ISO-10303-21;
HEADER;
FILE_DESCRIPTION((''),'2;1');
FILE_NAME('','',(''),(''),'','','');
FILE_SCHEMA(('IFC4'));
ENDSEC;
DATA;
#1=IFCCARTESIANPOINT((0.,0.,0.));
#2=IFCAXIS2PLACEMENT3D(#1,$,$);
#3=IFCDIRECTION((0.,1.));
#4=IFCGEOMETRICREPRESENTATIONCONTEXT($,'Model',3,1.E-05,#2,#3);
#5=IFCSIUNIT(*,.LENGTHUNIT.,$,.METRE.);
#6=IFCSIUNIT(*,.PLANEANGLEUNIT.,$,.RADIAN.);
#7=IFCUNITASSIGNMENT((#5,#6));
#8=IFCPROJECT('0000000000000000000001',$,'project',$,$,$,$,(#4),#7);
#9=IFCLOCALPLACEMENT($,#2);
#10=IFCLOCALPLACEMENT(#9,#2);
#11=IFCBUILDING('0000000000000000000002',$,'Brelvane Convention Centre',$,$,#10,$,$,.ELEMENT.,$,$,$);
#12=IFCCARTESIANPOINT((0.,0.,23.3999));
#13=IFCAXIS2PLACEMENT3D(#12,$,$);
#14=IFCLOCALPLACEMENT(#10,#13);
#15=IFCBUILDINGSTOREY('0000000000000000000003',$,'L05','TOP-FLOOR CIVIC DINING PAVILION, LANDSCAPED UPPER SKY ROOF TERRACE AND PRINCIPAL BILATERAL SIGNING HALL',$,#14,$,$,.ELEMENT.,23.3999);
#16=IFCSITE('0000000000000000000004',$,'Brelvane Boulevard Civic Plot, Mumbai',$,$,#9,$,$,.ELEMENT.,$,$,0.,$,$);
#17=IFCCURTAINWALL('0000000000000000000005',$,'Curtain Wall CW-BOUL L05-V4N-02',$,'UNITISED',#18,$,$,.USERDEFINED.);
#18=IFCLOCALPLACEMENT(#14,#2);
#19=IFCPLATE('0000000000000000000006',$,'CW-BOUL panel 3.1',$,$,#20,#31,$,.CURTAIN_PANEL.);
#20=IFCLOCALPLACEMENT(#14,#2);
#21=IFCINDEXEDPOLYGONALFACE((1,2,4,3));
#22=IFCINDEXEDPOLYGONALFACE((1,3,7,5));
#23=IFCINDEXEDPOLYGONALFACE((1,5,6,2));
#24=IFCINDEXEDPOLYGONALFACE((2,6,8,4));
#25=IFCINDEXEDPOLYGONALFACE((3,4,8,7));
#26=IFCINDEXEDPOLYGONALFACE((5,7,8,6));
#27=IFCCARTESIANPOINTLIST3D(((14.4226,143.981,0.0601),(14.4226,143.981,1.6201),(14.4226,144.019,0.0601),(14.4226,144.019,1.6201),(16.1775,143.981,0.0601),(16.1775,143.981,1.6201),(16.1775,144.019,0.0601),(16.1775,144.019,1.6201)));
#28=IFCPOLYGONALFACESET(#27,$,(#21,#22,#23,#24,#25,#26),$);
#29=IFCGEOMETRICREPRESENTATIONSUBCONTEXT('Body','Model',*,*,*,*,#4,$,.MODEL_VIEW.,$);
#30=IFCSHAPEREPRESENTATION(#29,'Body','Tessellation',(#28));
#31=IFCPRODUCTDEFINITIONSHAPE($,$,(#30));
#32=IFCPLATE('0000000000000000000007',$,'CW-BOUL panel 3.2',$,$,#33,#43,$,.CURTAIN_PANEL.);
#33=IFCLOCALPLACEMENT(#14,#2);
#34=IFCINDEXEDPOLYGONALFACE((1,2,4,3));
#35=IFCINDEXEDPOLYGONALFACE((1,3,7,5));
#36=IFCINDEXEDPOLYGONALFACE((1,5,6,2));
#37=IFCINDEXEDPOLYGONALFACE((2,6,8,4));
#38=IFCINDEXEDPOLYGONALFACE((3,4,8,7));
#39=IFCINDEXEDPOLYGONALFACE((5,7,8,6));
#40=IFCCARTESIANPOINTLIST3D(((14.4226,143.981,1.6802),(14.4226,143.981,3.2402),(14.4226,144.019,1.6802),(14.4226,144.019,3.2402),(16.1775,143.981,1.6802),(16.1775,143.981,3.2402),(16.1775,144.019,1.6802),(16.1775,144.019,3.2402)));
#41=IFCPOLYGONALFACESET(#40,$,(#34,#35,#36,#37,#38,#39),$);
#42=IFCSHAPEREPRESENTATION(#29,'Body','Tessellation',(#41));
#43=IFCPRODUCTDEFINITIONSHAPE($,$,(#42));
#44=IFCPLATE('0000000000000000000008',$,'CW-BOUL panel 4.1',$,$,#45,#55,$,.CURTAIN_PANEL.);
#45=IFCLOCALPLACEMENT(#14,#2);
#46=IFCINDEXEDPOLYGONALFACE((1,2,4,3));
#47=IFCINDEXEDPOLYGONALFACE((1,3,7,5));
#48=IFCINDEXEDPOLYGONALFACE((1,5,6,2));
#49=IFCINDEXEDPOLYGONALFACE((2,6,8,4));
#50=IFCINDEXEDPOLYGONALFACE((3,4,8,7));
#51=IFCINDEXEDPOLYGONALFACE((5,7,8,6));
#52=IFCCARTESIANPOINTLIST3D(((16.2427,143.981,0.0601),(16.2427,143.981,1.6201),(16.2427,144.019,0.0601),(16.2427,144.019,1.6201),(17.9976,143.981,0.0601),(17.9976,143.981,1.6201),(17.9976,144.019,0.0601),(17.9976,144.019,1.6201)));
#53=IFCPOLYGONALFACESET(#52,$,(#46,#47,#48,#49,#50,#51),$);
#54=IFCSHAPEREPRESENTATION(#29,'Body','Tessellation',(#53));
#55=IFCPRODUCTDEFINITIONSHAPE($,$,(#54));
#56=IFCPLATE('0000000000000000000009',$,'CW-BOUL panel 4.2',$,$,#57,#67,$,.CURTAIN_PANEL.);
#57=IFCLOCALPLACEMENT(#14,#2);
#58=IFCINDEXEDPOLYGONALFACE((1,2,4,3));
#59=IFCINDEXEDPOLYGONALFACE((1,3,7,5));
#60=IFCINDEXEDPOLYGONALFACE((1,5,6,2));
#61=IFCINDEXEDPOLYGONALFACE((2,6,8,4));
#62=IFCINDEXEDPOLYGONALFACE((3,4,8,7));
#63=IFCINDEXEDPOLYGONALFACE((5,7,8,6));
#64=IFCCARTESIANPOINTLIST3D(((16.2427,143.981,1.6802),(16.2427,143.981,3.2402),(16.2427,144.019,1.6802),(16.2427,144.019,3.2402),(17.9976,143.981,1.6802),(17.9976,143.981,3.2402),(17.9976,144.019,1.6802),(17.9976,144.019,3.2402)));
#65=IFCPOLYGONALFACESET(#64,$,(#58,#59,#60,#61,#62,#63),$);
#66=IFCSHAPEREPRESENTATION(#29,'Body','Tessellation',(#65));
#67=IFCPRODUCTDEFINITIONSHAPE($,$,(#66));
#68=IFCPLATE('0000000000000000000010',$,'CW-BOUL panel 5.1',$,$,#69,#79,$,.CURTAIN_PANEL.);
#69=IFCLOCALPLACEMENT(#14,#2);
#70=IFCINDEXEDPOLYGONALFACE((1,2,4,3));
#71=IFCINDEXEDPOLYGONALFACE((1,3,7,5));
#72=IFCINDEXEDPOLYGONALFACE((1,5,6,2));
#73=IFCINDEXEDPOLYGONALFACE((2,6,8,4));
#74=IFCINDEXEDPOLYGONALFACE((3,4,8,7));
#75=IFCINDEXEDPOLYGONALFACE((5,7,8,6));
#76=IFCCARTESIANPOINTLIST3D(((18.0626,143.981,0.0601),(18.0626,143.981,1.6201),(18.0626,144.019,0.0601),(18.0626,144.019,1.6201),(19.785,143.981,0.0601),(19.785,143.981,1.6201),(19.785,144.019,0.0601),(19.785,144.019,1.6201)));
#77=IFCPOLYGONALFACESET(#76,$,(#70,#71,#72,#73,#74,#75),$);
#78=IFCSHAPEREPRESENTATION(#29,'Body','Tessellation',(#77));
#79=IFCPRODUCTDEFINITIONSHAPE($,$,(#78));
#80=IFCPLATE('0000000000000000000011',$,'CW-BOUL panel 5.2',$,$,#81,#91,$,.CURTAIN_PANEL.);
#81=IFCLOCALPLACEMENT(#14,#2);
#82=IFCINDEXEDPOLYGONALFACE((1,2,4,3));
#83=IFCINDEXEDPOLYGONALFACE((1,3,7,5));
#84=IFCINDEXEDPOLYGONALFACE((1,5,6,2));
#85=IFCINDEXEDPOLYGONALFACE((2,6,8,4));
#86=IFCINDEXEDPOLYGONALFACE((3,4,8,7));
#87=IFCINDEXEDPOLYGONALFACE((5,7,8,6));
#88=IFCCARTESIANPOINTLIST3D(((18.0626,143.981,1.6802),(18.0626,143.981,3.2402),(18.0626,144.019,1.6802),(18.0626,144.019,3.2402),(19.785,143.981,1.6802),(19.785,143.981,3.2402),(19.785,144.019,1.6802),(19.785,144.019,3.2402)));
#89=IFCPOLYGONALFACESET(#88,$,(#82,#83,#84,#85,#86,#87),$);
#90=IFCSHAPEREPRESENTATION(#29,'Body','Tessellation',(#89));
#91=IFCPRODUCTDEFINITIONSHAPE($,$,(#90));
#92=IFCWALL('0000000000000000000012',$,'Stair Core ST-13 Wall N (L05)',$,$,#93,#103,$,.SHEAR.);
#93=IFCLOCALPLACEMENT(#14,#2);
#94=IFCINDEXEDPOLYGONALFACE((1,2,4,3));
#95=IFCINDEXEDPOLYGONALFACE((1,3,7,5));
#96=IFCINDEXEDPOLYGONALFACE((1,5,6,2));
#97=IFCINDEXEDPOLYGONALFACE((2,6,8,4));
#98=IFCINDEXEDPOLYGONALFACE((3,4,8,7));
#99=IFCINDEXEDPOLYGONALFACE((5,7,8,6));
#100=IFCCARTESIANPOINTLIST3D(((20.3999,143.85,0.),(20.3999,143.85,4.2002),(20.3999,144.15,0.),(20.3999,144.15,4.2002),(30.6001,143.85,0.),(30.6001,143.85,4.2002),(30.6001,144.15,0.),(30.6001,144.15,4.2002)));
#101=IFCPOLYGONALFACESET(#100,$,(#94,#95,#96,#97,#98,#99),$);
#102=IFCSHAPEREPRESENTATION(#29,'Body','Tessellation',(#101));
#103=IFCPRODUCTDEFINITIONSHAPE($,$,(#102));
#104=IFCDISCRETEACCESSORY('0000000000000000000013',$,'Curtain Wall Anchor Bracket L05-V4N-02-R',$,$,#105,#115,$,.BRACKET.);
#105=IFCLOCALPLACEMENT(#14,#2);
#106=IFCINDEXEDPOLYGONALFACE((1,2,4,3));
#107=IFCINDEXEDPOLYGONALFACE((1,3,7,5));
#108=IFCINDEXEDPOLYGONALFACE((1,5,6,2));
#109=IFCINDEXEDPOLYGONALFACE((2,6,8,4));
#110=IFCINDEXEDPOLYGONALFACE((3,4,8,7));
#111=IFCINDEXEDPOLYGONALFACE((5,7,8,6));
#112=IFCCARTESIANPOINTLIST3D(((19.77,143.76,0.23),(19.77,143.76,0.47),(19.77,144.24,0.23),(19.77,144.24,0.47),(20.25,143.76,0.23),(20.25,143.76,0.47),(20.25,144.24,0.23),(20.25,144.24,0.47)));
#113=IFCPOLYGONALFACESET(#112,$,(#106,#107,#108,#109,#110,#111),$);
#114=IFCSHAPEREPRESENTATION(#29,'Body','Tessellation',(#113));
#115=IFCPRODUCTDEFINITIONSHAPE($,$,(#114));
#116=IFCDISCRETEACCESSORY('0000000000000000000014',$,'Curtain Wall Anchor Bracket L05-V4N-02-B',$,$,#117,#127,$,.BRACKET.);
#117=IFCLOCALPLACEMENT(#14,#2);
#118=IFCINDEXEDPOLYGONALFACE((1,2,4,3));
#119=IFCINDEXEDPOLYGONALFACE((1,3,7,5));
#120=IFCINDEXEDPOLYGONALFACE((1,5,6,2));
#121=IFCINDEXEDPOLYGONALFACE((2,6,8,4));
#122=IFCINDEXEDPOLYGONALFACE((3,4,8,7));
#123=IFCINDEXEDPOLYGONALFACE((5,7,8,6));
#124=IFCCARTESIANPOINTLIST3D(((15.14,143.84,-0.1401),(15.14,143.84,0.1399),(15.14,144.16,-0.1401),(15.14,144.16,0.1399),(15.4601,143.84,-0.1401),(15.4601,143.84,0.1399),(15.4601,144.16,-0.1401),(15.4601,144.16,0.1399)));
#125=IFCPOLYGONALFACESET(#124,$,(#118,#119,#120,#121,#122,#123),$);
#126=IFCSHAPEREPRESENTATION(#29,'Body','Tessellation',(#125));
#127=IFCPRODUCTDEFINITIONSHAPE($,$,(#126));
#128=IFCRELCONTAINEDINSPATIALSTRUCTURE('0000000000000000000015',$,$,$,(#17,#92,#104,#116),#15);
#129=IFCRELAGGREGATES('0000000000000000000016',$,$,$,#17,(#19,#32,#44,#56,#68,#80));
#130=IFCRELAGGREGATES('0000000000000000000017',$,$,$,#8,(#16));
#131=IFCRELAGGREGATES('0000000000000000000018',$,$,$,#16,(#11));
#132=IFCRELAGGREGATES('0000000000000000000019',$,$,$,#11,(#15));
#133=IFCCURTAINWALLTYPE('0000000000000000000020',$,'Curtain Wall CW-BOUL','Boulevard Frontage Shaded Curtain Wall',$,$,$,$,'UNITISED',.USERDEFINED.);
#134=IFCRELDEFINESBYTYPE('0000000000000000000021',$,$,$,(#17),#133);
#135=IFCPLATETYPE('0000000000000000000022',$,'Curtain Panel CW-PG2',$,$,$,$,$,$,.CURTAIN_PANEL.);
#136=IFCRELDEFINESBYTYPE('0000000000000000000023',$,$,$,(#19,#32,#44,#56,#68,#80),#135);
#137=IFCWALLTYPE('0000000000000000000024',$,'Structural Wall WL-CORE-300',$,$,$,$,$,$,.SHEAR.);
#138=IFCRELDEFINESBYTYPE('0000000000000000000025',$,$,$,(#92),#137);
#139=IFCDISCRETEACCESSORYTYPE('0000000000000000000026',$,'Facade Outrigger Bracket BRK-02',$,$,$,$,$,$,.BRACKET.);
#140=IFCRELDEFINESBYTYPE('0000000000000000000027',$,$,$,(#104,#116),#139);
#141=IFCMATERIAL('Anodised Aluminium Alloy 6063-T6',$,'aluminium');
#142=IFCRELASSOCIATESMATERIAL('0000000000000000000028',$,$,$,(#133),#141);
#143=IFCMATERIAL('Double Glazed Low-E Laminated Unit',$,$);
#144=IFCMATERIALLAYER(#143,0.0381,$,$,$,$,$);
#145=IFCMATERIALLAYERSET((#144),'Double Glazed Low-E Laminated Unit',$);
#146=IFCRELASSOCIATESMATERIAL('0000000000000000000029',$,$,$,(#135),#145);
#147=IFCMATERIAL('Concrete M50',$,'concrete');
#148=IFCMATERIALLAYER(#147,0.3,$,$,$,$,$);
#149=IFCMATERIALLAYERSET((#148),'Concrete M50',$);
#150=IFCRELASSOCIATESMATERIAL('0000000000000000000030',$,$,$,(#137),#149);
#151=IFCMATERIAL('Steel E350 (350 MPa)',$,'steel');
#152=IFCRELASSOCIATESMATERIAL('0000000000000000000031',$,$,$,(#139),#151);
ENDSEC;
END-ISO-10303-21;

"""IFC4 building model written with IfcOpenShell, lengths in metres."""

from ifc_helpers import new_model, si_unit, direction, frame, frame_2d, origin, origin_2d, place, context, subcontext, project, spatial, rectangle, extrude, material, layer, layer_set, type_object, element, aggregate, save


model = new_model("IFC4")

# Units and contexts
model_context = context("Model", 3, precision=1e-05, world=origin(), true_north=direction((0.0, 1.0)))
body_context = subcontext(model_context, "Body", "Model", "MODEL_VIEW")
ifc_project = project(units=[si_unit("LENGTHUNIT", "METRE"), si_unit("PLANEANGLEUNIT", "RADIAN")], contexts=[model_context])

# Site, building, storey
site_placement = place(None, origin())
site = spatial("IfcSite", under=ifc_project, at=site_placement, Name="Brelvane Boulevard Civic Plot, Mumbai", CompositionType="ELEMENT", RefElevation=0.0)
building_placement = place(site_placement, origin())
building = spatial("IfcBuilding", under=site, at=building_placement, Name="Brelvane Convention Centre", CompositionType="ELEMENT")
storey_placement = place(building_placement, frame((0.0, 0.0, 23.3999)))
storey = spatial("IfcBuildingStorey", under=building, at=storey_placement, Name="L05", Description="TOP-FLOOR CIVIC DINING PAVILION, LANDSCAPED UPPER SKY ROOF TERRACE AND PRINCIPAL BILATERAL SIGNING HALL", CompositionType="ELEMENT", Elevation=23.3999)

# Curtain wall
ifc_material_1 = material(Name="Anodised Aluminium Alloy 6063-T6", Category="aluminium")
curtain_wall_type = type_object("IfcCurtainWallType", Name="Curtain Wall CW-BOUL", Description="Boulevard Frontage Shaded Curtain Wall", ElementType="UNITISED", PredefinedType="USERDEFINED", material=ifc_material_1)
curtain_wall_placement = place(storey_placement, origin())
curtain_wall = element("IfcCurtainWall", 1, at=curtain_wall_placement, inside=storey, type_object=curtain_wall_type, Name="Curtain Wall CW-BOUL L05-V4N-02", ObjectType="UNITISED", PredefinedType="USERDEFINED")

# Plates
ifc_material_2 = material(Name="Double Glazed Low-E Laminated Unit")
ifc_layer_1 = layer(ifc_material_2, 0.0381)
ifc_layer_set_1 = layer_set([ifc_layer_1], Name="Double Glazed Low-E Laminated Unit")
plate_type = type_object("IfcPlateType", Name="Curtain Panel CW-PG2", PredefinedType="CURTAIN_PANEL", material=ifc_layer_set_1)
plate_1_placement = place(storey_placement, frame((15.3, 144.0, 0.0601), z_axis=(0.0, 0.0, 1.0), x_axis=(1.0, 0.0, 0.0)))
plate_1 = element("IfcPlate", 2, at=plate_1_placement, type_object=plate_type, Name="CW-BOUL panel 3.1", PredefinedType="CURTAIN_PANEL", context=body_context, shape_type="SweptSolid", body=[
    extrude(rectangle(XDim=1.7549, YDim=0.0381, at=origin_2d()), origin(), (0.0, 0.0, 1.0), 1.5601),
])
plate_2_placement = place(storey_placement, frame((15.3, 144.0, 1.6802), z_axis=(0.0, 0.0, 1.0), x_axis=(1.0, 0.0, 0.0)))
plate_2 = element("IfcPlate", 3, at=plate_2_placement, type_object=plate_type, Name="CW-BOUL panel 3.2", PredefinedType="CURTAIN_PANEL", context=body_context, shape_type="SweptSolid", body=[
    extrude(rectangle(XDim=1.7549, YDim=0.0381, at=origin_2d()), origin(), (0.0, 0.0, 1.0), 1.5601),
])
plate_3_placement = place(storey_placement, frame((17.1201, 144.0, 0.0601), z_axis=(0.0, 0.0, 1.0), x_axis=(1.0, 0.0, 0.0)))
plate_3 = element("IfcPlate", 4, at=plate_3_placement, type_object=plate_type, Name="CW-BOUL panel 4.1", PredefinedType="CURTAIN_PANEL", context=body_context, shape_type="SweptSolid", body=[
    extrude(rectangle(XDim=1.7549, YDim=0.0381, at=origin_2d()), origin(), (0.0, 0.0, 1.0), 1.5601),
])
plate_4_placement = place(storey_placement, frame((17.1201, 144.0, 1.6802), z_axis=(0.0, 0.0, 1.0), x_axis=(1.0, 0.0, 0.0)))
plate_4 = element("IfcPlate", 5, at=plate_4_placement, type_object=plate_type, Name="CW-BOUL panel 4.2", PredefinedType="CURTAIN_PANEL", context=body_context, shape_type="SweptSolid", body=[
    extrude(rectangle(XDim=1.7549, YDim=0.0381, at=origin_2d()), origin(), (0.0, 0.0, 1.0), 1.5601),
])
plate_5_placement = place(storey_placement, frame((18.9238, 144.0, 0.0601), z_axis=(0.0, 0.0, 1.0), x_axis=(1.0, 0.0, 0.0)))
plate_5 = element("IfcPlate", 6, at=plate_5_placement, type_object=plate_type, Name="CW-BOUL panel 5.1", PredefinedType="CURTAIN_PANEL", context=body_context, shape_type="SweptSolid", body=[
    extrude(rectangle(XDim=1.7224, YDim=0.0381, at=origin_2d()), origin(), (0.0, 0.0, 1.0), 1.5601),
])
plate_6_placement = place(storey_placement, frame((18.9238, 144.0, 1.6802), z_axis=(0.0, 0.0, 1.0), x_axis=(1.0, 0.0, 0.0)))
plate_6 = element("IfcPlate", 7, at=plate_6_placement, type_object=plate_type, Name="CW-BOUL panel 5.2", PredefinedType="CURTAIN_PANEL", context=body_context, shape_type="SweptSolid", body=[
    extrude(rectangle(XDim=1.7224, YDim=0.0381, at=origin_2d()), origin(), (0.0, 0.0, 1.0), 1.5601),
])
aggregate(curtain_wall, [plate_1, plate_2, plate_3, plate_4, plate_5, plate_6])

# Wall
ifc_material_3 = material(Name="Concrete M50", Category="concrete")
ifc_layer_2 = layer(ifc_material_3, 0.3)
ifc_layer_set_2 = layer_set([ifc_layer_2], Name="Concrete M50")
wall_type = type_object("IfcWallType", Name="Structural Wall WL-CORE-300", PredefinedType="SHEAR", material=ifc_layer_set_2)
wall_placement = place(storey_placement, frame((20.3999, 144.0, 0.0), z_axis=(0.0, 0.0, 1.0), x_axis=(1.0, 0.0, 0.0)))
element("IfcWall", 8, at=wall_placement, inside=storey, type_object=wall_type, Name="Stair Core ST-13 Wall N (L05)", PredefinedType="SHEAR", context=body_context, shape_type="SweptSolid", body=[
    extrude(rectangle(XDim=10.2002, YDim=0.3, at=frame_2d((5.1001, 0.0))), origin(), (0.0, 0.0, 1.0), 4.2002),
])

# Discrete accessories
ifc_material_4 = material(Name="Steel E350 (350 MPa)", Category="steel")
discrete_accessory_type = type_object("IfcDiscreteAccessoryType", Name="Facade Outrigger Bracket BRK-02", PredefinedType="BRACKET", material=ifc_material_4)
discrete_accessory_1_placement = place(storey_placement, frame((20.01, 144.0, 0.23), z_axis=(0.0, 0.0, 1.0), x_axis=(1.0, 0.0, 0.0)))
element("IfcDiscreteAccessory", 9, at=discrete_accessory_1_placement, inside=storey, type_object=discrete_accessory_type, Name="Curtain Wall Anchor Bracket L05-V4N-02-R", PredefinedType="BRACKET", context=body_context, shape_type="SweptSolid", body=[
    extrude(rectangle(XDim=0.48, YDim=0.48, at=origin_2d()), origin(), (0.0, 0.0, 1.0), 0.24),
])
discrete_accessory_2_placement = place(storey_placement, frame((15.3, 144.0, -0.1401), z_axis=(0.0, 0.0, 1.0), x_axis=(1.0, 0.0, 0.0)))
element("IfcDiscreteAccessory", 10, at=discrete_accessory_2_placement, inside=storey, type_object=discrete_accessory_type, Name="Curtain Wall Anchor Bracket L05-V4N-02-B", PredefinedType="BRACKET", context=body_context, shape_type="SweptSolid", body=[
    extrude(rectangle(XDim=0.3201, YDim=0.3201, at=origin_2d()), origin(), (0.0, 0.0, 1.0), 0.28),
])

save(model, "model.ifc")
